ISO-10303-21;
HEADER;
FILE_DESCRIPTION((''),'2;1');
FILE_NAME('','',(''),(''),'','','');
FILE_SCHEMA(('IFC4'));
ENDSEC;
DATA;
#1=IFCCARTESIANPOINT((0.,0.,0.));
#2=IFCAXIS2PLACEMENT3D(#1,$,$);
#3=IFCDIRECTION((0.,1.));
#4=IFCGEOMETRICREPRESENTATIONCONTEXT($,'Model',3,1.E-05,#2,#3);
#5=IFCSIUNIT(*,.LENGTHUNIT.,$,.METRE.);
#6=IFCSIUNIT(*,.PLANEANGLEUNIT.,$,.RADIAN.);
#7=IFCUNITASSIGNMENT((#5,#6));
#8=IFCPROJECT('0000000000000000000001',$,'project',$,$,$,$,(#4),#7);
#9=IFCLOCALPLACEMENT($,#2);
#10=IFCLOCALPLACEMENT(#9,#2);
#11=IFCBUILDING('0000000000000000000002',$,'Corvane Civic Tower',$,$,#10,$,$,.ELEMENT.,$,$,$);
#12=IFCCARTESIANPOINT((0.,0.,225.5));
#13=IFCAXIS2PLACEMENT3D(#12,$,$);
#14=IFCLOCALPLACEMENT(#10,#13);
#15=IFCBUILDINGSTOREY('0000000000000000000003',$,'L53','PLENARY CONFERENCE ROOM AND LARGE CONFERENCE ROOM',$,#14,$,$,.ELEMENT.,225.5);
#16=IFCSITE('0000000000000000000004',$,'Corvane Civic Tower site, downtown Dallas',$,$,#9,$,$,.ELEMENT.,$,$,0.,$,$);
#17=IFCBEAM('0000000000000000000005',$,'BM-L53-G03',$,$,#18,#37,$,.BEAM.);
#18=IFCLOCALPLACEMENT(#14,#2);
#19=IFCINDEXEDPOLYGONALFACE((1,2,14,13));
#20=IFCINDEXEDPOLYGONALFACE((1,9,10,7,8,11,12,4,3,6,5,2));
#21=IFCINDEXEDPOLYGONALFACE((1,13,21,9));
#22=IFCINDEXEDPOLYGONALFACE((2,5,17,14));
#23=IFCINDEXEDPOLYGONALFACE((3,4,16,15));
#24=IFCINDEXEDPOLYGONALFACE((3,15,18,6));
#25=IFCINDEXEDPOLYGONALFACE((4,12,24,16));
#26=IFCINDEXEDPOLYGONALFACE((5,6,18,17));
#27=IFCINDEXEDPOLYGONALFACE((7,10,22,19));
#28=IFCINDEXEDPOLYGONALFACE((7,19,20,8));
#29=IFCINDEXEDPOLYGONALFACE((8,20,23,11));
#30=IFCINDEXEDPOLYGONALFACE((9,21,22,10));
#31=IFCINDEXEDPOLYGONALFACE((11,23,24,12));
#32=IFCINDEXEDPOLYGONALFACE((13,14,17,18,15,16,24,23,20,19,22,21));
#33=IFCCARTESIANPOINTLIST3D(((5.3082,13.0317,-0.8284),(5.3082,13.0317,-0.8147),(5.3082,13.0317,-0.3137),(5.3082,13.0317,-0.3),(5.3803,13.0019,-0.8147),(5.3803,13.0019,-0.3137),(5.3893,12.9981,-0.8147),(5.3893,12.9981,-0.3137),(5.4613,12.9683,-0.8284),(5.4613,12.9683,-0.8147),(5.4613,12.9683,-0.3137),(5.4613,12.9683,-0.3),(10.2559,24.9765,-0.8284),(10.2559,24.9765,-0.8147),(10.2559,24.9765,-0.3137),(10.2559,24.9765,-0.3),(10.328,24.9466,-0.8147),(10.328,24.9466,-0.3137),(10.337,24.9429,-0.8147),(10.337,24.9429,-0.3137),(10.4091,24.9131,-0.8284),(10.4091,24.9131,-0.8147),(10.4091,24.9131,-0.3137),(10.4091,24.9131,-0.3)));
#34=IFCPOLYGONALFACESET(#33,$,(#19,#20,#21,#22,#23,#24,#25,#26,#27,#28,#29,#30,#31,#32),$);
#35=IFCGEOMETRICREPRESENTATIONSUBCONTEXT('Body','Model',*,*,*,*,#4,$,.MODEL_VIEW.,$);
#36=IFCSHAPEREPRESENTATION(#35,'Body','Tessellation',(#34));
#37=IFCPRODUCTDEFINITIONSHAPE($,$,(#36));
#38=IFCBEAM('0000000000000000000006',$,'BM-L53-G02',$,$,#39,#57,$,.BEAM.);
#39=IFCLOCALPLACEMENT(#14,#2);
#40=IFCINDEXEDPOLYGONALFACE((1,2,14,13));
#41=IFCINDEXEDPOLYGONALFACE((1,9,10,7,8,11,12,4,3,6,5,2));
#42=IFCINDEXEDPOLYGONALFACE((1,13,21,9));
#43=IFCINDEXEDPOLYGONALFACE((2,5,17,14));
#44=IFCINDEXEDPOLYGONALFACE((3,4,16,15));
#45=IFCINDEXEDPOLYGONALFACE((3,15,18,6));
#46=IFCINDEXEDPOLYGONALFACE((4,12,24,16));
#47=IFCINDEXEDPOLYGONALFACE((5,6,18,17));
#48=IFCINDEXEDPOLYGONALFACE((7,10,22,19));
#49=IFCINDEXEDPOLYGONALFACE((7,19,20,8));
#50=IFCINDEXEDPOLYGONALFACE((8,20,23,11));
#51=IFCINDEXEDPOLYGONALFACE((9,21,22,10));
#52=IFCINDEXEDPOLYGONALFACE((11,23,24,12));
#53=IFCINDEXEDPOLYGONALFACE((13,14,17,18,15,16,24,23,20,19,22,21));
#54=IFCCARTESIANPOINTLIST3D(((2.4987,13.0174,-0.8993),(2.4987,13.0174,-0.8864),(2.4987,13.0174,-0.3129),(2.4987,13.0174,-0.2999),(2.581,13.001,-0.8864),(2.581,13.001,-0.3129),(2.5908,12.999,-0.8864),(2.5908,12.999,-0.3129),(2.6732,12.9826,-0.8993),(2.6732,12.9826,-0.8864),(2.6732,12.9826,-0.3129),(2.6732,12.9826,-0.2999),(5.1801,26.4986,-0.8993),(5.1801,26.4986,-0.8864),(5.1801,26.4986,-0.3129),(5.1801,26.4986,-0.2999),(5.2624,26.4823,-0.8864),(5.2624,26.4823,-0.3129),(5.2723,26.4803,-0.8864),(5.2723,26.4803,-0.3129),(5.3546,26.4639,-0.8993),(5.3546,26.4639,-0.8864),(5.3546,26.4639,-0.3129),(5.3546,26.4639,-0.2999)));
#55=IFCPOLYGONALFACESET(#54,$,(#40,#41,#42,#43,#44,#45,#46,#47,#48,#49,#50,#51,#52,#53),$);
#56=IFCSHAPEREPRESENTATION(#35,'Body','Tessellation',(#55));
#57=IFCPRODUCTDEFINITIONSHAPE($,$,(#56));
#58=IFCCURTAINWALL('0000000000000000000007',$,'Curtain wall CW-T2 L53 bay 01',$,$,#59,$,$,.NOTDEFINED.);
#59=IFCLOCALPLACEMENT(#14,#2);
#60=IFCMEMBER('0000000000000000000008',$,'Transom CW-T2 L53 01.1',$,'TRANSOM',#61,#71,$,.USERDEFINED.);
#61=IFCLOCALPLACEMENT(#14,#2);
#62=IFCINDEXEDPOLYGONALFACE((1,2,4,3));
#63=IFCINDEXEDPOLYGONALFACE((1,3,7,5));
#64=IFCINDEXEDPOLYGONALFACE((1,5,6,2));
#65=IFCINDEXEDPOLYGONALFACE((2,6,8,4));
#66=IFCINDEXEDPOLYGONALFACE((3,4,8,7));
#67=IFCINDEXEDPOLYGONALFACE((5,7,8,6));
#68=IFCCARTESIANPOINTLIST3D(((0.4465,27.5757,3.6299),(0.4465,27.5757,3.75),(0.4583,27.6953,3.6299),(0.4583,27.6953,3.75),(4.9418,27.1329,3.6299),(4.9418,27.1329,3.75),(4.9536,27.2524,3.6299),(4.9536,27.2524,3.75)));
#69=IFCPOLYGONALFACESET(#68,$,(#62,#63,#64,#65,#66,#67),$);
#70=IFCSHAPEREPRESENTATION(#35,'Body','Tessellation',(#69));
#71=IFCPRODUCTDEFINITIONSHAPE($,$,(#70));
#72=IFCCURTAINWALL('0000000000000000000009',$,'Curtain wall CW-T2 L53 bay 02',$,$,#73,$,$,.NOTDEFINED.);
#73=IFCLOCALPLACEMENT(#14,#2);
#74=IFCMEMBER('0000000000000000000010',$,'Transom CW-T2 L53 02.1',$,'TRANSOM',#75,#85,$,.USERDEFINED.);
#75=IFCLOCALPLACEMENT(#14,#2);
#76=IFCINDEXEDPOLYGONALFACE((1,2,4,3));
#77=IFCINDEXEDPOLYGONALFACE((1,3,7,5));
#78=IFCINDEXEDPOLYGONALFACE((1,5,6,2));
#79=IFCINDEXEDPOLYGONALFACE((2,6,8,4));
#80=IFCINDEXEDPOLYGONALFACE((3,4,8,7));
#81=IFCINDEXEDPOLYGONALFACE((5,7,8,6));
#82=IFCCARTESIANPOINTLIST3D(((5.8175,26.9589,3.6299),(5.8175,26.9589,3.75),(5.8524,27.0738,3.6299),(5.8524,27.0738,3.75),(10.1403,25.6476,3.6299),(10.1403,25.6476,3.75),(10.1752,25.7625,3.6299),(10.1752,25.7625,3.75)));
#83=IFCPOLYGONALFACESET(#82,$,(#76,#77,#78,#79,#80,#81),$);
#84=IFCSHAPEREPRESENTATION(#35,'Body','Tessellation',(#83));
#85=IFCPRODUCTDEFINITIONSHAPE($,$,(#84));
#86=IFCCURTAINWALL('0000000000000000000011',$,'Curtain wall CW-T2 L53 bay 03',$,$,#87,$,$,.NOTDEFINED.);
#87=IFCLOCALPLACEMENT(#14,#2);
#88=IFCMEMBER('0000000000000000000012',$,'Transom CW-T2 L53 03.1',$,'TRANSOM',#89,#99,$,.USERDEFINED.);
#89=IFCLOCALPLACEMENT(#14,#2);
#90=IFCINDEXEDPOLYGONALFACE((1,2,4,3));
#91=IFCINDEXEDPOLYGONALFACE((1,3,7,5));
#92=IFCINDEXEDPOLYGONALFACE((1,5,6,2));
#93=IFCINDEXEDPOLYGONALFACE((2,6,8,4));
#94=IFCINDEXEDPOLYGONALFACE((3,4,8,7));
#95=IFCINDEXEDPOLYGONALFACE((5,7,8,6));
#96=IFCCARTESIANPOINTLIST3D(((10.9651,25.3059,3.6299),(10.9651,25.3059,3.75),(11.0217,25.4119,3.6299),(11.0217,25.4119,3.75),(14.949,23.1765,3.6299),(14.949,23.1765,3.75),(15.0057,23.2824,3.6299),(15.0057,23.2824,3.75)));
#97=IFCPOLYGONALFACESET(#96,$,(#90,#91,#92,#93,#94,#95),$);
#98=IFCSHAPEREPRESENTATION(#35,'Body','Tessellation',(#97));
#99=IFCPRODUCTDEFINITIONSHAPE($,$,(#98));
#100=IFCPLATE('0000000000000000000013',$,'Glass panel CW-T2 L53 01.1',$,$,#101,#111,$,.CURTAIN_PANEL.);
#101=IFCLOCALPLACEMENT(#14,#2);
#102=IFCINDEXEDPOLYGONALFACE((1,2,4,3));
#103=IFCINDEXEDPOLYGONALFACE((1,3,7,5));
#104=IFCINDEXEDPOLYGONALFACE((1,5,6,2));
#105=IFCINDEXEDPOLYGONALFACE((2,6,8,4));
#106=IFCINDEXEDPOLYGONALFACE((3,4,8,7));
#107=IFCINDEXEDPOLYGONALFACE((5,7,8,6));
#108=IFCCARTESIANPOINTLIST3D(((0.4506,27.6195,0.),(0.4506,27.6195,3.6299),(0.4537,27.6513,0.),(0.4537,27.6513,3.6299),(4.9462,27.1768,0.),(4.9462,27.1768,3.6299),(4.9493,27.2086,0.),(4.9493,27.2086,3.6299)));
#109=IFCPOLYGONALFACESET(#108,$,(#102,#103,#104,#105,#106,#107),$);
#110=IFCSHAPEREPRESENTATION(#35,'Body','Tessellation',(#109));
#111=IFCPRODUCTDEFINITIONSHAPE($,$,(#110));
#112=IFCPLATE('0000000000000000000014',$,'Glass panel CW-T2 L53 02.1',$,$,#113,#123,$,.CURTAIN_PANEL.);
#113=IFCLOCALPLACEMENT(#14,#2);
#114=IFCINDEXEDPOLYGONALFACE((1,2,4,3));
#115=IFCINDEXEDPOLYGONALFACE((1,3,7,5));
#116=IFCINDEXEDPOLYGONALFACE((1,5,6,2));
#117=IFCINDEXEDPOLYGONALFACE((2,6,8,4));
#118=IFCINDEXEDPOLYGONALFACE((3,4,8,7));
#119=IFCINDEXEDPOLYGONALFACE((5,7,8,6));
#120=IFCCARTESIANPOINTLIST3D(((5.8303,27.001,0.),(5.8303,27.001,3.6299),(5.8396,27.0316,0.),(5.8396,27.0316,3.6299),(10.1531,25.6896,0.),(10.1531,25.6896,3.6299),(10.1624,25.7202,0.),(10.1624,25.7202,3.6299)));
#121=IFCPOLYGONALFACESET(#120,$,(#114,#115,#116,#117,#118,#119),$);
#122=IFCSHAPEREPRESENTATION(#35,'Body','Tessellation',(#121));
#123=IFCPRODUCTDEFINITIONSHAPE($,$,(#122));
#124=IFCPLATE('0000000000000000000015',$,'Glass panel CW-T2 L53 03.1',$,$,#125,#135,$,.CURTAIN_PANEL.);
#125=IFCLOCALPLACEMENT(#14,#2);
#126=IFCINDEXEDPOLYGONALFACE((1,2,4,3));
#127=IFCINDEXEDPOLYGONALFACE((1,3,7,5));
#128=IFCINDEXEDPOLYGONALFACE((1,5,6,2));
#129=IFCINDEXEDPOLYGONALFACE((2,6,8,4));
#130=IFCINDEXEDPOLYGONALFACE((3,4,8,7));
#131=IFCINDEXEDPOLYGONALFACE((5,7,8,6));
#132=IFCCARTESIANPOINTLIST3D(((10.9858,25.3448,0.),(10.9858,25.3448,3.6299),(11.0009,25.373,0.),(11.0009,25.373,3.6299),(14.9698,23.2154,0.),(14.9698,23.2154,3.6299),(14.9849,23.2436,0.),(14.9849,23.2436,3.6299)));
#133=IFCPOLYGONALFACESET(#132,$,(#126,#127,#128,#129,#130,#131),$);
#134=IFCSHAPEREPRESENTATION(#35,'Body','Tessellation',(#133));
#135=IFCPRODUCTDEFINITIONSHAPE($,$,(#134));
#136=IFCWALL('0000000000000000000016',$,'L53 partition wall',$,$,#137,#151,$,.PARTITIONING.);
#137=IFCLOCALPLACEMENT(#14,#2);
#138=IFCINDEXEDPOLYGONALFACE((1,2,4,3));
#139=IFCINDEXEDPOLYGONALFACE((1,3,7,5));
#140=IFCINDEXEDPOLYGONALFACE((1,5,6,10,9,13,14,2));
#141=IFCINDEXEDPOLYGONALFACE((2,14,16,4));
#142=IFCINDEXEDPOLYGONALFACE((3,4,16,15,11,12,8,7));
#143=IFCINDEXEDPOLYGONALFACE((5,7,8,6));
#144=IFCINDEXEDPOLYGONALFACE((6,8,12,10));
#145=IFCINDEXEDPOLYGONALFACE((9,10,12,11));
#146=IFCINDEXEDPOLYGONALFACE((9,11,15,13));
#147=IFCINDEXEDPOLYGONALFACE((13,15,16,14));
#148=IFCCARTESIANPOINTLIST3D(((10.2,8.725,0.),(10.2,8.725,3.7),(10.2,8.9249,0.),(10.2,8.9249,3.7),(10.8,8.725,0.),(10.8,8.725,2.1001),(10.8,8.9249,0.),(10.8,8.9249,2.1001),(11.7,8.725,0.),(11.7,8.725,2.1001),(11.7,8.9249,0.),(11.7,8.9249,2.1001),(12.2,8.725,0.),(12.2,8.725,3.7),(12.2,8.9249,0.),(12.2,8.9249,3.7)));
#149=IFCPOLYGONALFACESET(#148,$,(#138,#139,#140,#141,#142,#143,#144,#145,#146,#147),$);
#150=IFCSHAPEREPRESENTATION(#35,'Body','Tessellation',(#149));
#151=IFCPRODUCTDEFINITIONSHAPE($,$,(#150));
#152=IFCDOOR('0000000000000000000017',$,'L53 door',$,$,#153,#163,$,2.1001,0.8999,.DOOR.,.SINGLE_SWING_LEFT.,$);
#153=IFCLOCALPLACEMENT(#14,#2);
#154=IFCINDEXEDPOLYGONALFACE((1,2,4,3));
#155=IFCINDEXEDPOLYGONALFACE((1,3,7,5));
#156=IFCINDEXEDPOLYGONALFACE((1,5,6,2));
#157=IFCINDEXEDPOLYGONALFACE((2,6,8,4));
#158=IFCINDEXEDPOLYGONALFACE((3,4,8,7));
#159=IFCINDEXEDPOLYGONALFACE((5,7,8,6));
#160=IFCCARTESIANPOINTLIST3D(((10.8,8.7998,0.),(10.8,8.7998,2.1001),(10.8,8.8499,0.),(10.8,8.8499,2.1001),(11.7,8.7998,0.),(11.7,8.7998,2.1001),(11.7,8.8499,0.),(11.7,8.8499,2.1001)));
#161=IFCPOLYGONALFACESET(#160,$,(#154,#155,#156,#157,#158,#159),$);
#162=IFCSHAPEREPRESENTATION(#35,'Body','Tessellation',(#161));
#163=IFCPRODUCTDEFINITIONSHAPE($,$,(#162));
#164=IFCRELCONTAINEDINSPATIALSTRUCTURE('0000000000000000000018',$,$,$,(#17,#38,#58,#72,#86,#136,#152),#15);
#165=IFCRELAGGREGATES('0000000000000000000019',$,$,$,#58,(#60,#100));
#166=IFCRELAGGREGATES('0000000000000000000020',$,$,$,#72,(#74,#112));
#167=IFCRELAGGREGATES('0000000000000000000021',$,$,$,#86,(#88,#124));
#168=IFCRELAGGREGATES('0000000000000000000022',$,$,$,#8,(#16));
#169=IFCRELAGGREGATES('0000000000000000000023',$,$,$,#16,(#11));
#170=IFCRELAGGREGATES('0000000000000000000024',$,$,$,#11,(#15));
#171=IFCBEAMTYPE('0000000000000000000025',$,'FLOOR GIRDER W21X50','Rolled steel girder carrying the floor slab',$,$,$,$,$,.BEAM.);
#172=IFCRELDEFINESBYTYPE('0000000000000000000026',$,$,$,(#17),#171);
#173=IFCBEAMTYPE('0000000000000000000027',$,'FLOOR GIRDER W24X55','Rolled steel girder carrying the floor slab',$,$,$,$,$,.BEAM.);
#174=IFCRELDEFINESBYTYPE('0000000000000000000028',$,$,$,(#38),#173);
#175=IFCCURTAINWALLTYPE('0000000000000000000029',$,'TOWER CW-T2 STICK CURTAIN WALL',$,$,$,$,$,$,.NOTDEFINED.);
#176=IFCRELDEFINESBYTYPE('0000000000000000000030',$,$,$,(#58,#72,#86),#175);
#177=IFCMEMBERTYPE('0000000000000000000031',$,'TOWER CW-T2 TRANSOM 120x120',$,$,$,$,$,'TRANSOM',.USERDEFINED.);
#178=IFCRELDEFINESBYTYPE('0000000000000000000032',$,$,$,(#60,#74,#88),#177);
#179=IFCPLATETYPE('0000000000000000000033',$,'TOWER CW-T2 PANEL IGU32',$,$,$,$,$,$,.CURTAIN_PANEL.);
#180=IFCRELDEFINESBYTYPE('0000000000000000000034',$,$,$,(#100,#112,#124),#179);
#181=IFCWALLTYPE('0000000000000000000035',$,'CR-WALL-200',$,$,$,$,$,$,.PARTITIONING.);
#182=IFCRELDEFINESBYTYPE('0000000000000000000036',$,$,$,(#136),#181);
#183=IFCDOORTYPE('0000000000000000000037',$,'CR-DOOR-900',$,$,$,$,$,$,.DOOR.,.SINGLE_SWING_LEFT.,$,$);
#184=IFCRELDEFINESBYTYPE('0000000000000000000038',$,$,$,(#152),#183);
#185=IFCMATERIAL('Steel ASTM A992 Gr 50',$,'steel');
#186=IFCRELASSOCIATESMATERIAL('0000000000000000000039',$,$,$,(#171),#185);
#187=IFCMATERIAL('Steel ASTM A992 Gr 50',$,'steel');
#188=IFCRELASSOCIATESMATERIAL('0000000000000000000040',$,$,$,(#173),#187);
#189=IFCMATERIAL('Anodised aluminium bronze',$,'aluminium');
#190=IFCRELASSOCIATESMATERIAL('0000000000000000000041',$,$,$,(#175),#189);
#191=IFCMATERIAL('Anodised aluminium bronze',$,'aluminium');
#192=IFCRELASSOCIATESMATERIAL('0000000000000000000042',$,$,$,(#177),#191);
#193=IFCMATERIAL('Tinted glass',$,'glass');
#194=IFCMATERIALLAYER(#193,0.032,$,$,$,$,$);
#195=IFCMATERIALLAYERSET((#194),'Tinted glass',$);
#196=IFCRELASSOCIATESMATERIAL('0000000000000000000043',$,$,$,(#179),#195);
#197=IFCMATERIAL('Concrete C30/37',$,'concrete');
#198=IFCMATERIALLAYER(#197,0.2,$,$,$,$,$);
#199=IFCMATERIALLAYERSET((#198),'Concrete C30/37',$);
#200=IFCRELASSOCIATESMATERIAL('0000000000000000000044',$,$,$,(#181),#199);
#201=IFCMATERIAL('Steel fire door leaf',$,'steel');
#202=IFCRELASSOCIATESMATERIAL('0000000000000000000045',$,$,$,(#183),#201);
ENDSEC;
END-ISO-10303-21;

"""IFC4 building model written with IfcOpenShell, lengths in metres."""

from ifc_helpers import new_model, si_unit, direction, frame, frame_2d, origin, origin_2d, place, context, subcontext, project, spatial, rectangle, i_section, extrude, material, layer, layer_set, material_profile, profile_set, type_object, element, fill, aggregate, save


model = new_model("IFC4")

# Units and contexts
model_context = context("Model", 3, precision=1e-05, world=origin(), true_north=direction((0.0, 1.0)))
body_context = subcontext(model_context, "Body", "Model", "MODEL_VIEW")
ifc_project = project(units=[si_unit("LENGTHUNIT", "METRE"), si_unit("PLANEANGLEUNIT", "RADIAN")], contexts=[model_context])

# Site, building, storey
site_placement = place(None, origin())
site = spatial("IfcSite", under=ifc_project, at=site_placement, Name="Corvane Civic Tower site, downtown Dallas", CompositionType="ELEMENT", RefElevation=0.0)
building_placement = place(site_placement, origin())
building = spatial("IfcBuilding", under=site, at=building_placement, Name="Corvane Civic Tower", CompositionType="ELEMENT")
storey_placement = place(building_placement, frame((0.0, 0.0, 225.5)))
storey = spatial("IfcBuildingStorey", under=building, at=storey_placement, Name="L53", Description="PLENARY CONFERENCE ROOM AND LARGE CONFERENCE ROOM", CompositionType="ELEMENT", Elevation=225.5)

# Beams
ifc_material_1 = material(Name="Steel ASTM A992 Gr 50", Category="steel")
ifc_material_profile_1 = material_profile(ifc_material_1, i_section(OverallWidth=0.1658, OverallDepth=0.5283, WebThickness=0.0098, FlangeThickness=0.0137, at=origin_2d()), Name="W21X50")
ifc_profile_set_1 = profile_set([ifc_material_profile_1], Name="Steel ASTM A992 Gr 50")
beam_type_1 = type_object("IfcBeamType", Name="FLOOR GIRDER W21X50", Description="Rolled steel girder carrying the floor slab", PredefinedType="BEAM", material=ifc_profile_set_1)
beam_1_placement = place(storey_placement, frame((5.3848, 13.0, -0.5642), z_axis=(0.382686, 0.923878, 0.0), x_axis=(-0.923878, 0.382686, 0.0)))
element("IfcBeam", 1, at=beam_1_placement, inside=storey, type_object=beam_type_1, Name="BM-L53-G03", PredefinedType="BEAM", context=body_context, shape_type="SweptSolid", body=[
    extrude(i_section(OverallWidth=0.1658, OverallDepth=0.5283, WebThickness=0.0098, FlangeThickness=0.0137, at=origin_2d()), origin(), (0.0, 0.0, 1.0), 12.929),
])
ifc_material_2 = material(Name="Steel ASTM A992 Gr 50", Category="steel")
ifc_material_profile_2 = material_profile(ifc_material_2, i_section(OverallWidth=0.178, OverallDepth=0.5994, WebThickness=0.01, FlangeThickness=0.0129, at=origin_2d()), Name="W24X55")
ifc_profile_set_2 = profile_set([ifc_material_profile_2], Name="Steel ASTM A992 Gr 50")
beam_type_2 = type_object("IfcBeamType", Name="FLOOR GIRDER W24X55", Description="Rolled steel girder carrying the floor slab", PredefinedType="BEAM", material=ifc_profile_set_2)
beam_2_placement = place(storey_placement, frame((2.5859, 13.0, -0.5996), z_axis=(0.195078, 0.980788, 0.0), x_axis=(-0.980788, 0.195078, 0.0)))
element("IfcBeam", 2, at=beam_2_placement, inside=storey, type_object=beam_type_2, Name="BM-L53-G02", PredefinedType="BEAM", context=body_context, shape_type="SweptSolid", body=[
    extrude(i_section(OverallWidth=0.178, OverallDepth=0.5994, WebThickness=0.01, FlangeThickness=0.0129, at=origin_2d()), origin(), (0.0, 0.0, 1.0), 13.7454),
])

# Curtain walls, members
ifc_material_3 = material(Name="Anodised aluminium bronze", Category="aluminium")
curtain_wall_type = type_object("IfcCurtainWallType", Name="TOWER CW-T2 STICK CURTAIN WALL", PredefinedType="NOTDEFINED", material=ifc_material_3)
curtain_wall_1_placement = place(storey_placement, origin())
curtain_wall_1 = element("IfcCurtainWall", 3, at=curtain_wall_1_placement, inside=storey, type_object=curtain_wall_type, Name="Curtain wall CW-T2 L53 bay 01", PredefinedType="NOTDEFINED")
ifc_material_4 = material(Name="Anodised aluminium bronze", Category="aluminium")
ifc_material_profile_3 = material_profile(ifc_material_4, rectangle(XDim=0.1201, YDim=0.1201, at=origin_2d()), Name="TOWER CW-T2 TRANSOM 120x120")
ifc_profile_set_3 = profile_set([ifc_material_profile_3], Name="Anodised aluminium bronze")
member_type = type_object("IfcMemberType", Name="TOWER CW-T2 TRANSOM 120x120", ElementType="TRANSOM", PredefinedType="USERDEFINED", material=ifc_profile_set_3)
member_1_placement = place(storey_placement, frame((0.4524, 27.6355, 3.6899), z_axis=(0.995182, -0.098043, 0.0), x_axis=(0.098043, 0.995182, 0.0)))
member_1 = element("IfcMember", 4, at=member_1_placement, type_object=member_type, Name="Transom CW-T2 L53 01.1", ObjectType="TRANSOM", PredefinedType="USERDEFINED", context=body_context, shape_type="SweptSolid", body=[
    extrude(rectangle(XDim=0.1201, YDim=0.1201, at=origin_2d()), origin(), (0.0, 0.0, 1.0), 4.5171),
])
curtain_wall_2_placement = place(storey_placement, origin())
curtain_wall_2 = element("IfcCurtainWall", 5, at=curtain_wall_2_placement, inside=storey, type_object=curtain_wall_type, Name="Curtain wall CW-T2 L53 bay 02", PredefinedType="NOTDEFINED")
member_2_placement = place(storey_placement, frame((5.835, 27.0164, 3.6899), z_axis=(0.956941, -0.290282, 0.0), x_axis=(0.290282, 0.956941, 0.0)))
member_2 = element("IfcMember", 6, at=member_2_placement, type_object=member_type, Name="Transom CW-T2 L53 02.1", ObjectType="TRANSOM", PredefinedType="USERDEFINED", context=body_context, shape_type="SweptSolid", body=[
    extrude(rectangle(XDim=0.1201, YDim=0.1201, at=origin_2d()), origin(), (0.0, 0.0, 1.0), 4.5173),
])
curtain_wall_3_placement = place(storey_placement, origin())
curtain_wall_3 = element("IfcCurtainWall", 7, at=curtain_wall_3_placement, inside=storey, type_object=curtain_wall_type, Name="Curtain wall CW-T2 L53 bay 03", PredefinedType="NOTDEFINED")
member_3_placement = place(storey_placement, frame((10.9934, 25.3589, 3.6899), z_axis=(0.881925, -0.47139, 0.0), x_axis=(0.47139, 0.881925, 0.0)))
member_3 = element("IfcMember", 8, at=member_3_placement, type_object=member_type, Name="Transom CW-T2 L53 03.1", ObjectType="TRANSOM", PredefinedType="USERDEFINED", context=body_context, shape_type="SweptSolid", body=[
    extrude(rectangle(XDim=0.1201, YDim=0.1201, at=origin_2d()), origin(), (0.0, 0.0, 1.0), 4.5173),
])

# Plates
ifc_material_5 = material(Name="Tinted glass", Category="glass")
ifc_layer_1 = layer(ifc_material_5, 0.032)
ifc_layer_set_1 = layer_set([ifc_layer_1], Name="Tinted glass")
plate_type = type_object("IfcPlateType", Name="TOWER CW-T2 PANEL IGU32", PredefinedType="CURTAIN_PANEL", material=ifc_layer_set_1)
plate_1_placement = place(storey_placement, frame((2.7, 27.4141, 0.0), z_axis=(0.0, 0.0, 1.0), x_axis=(0.995187, -0.097993, 0.0)))
plate_1 = element("IfcPlate", 9, at=plate_1_placement, type_object=plate_type, Name="Glass panel CW-T2 L53 01.1", PredefinedType="CURTAIN_PANEL", context=body_context, shape_type="SweptSolid", body=[
    extrude(rectangle(XDim=4.5173, YDim=0.032, at=origin_2d()), origin(), (0.0, 0.0, 1.0), 3.6299),
])
aggregate(curtain_wall_1, [member_1, plate_1])
plate_2_placement = place(storey_placement, frame((7.9963, 26.3606, 0.0), z_axis=(0.0, 0.0, 1.0), x_axis=(0.956939, -0.29029, 0.0)))
plate_2 = element("IfcPlate", 10, at=plate_2_placement, type_object=plate_type, Name="Glass panel CW-T2 L53 02.1", PredefinedType="CURTAIN_PANEL", context=body_context, shape_type="SweptSolid", body=[
    extrude(rectangle(XDim=4.5173, YDim=0.032, at=origin_2d()), origin(), (0.0, 0.0, 1.0), 3.6299),
])
aggregate(curtain_wall_2, [member_2, plate_2])
plate_3_placement = place(storey_placement, frame((12.9854, 24.2942, 0.0), z_axis=(0.0, 0.0, 1.0), x_axis=(0.88192, -0.471398, 0.0)))
plate_3 = element("IfcPlate", 11, at=plate_3_placement, type_object=plate_type, Name="Glass panel CW-T2 L53 03.1", PredefinedType="CURTAIN_PANEL", context=body_context, shape_type="SweptSolid", body=[
    extrude(rectangle(XDim=4.5173, YDim=0.032, at=origin_2d()), origin(), (0.0, 0.0, 1.0), 3.6299),
])
aggregate(curtain_wall_3, [member_3, plate_3])

# Wall, opening, door
ifc_material_6 = material(Name="Concrete C30/37", Category="concrete")
ifc_layer_2 = layer(ifc_material_6, 0.2)
ifc_layer_set_2 = layer_set([ifc_layer_2], Name="Concrete C30/37")
wall_type_1 = type_object("IfcWallType", Name="CR-WALL-200", PredefinedType="PARTITIONING", material=ifc_layer_set_2)
wall_1_placement = place(storey_placement, frame((10.2, 8.825, 0.0), z_axis=(0.0, 0.0, 1.0), x_axis=(1.0, 0.0, 0.0)))
wall_1 = element("IfcWall", 12, at=wall_1_placement, inside=storey, type_object=wall_type_1, Name="L53 partition wall", PredefinedType="PARTITIONING", context=body_context, shape_type="SweptSolid", body=[
    extrude(rectangle(XDim=2.0, YDim=0.2, at=frame_2d((1.0, 0.0))), origin(), (0.0, 0.0, 1.0), 3.7),
])
opening_1_placement = place(wall_1_placement, frame((0.6001, 0.0, 0.0)))
opening_1 = element("IfcOpeningElement", 13, at=opening_1_placement, cuts=wall_1, PredefinedType="OPENING", context=body_context, shape_type="SweptSolid", body=[
    extrude(rectangle(XDim=0.8999, YDim=2.1001, at=frame_2d((0.45, 1.05))), frame((0.0, 0.1099, 0.0), z_axis=(0.0, -1.0, 0.0), x_axis=(1.0, 0.0, 0.0)), (0.0, 0.0, 1.0), 0.22),
])
ifc_material_7 = material(Name="Steel fire door leaf", Category="steel")
door_type = type_object("IfcDoorType", Name="CR-DOOR-900", OperationType="SINGLE_SWING_LEFT", PredefinedType="DOOR", material=ifc_material_7)
door_1_placement = place(opening_1_placement, origin())
door_1 = element("IfcDoor", 14, at=door_1_placement, inside=storey, type_object=door_type, Name="L53 door", OperationType="SINGLE_SWING_LEFT", OverallHeight=2.1001, OverallWidth=0.8999, PredefinedType="DOOR", context=body_context, shape_type="SweptSolid", body=[
    extrude(rectangle(XDim=0.8999, YDim=2.1001, at=frame_2d((0.45, 1.05))), frame((0.0, 0.0249, 0.0), z_axis=(0.0, -1.0, 0.0), x_axis=(1.0, 0.0, 0.0)), (0.0, 0.0, 1.0), 0.05),
])
fill(opening_1, door_1)

save(model, "model.ifc")
